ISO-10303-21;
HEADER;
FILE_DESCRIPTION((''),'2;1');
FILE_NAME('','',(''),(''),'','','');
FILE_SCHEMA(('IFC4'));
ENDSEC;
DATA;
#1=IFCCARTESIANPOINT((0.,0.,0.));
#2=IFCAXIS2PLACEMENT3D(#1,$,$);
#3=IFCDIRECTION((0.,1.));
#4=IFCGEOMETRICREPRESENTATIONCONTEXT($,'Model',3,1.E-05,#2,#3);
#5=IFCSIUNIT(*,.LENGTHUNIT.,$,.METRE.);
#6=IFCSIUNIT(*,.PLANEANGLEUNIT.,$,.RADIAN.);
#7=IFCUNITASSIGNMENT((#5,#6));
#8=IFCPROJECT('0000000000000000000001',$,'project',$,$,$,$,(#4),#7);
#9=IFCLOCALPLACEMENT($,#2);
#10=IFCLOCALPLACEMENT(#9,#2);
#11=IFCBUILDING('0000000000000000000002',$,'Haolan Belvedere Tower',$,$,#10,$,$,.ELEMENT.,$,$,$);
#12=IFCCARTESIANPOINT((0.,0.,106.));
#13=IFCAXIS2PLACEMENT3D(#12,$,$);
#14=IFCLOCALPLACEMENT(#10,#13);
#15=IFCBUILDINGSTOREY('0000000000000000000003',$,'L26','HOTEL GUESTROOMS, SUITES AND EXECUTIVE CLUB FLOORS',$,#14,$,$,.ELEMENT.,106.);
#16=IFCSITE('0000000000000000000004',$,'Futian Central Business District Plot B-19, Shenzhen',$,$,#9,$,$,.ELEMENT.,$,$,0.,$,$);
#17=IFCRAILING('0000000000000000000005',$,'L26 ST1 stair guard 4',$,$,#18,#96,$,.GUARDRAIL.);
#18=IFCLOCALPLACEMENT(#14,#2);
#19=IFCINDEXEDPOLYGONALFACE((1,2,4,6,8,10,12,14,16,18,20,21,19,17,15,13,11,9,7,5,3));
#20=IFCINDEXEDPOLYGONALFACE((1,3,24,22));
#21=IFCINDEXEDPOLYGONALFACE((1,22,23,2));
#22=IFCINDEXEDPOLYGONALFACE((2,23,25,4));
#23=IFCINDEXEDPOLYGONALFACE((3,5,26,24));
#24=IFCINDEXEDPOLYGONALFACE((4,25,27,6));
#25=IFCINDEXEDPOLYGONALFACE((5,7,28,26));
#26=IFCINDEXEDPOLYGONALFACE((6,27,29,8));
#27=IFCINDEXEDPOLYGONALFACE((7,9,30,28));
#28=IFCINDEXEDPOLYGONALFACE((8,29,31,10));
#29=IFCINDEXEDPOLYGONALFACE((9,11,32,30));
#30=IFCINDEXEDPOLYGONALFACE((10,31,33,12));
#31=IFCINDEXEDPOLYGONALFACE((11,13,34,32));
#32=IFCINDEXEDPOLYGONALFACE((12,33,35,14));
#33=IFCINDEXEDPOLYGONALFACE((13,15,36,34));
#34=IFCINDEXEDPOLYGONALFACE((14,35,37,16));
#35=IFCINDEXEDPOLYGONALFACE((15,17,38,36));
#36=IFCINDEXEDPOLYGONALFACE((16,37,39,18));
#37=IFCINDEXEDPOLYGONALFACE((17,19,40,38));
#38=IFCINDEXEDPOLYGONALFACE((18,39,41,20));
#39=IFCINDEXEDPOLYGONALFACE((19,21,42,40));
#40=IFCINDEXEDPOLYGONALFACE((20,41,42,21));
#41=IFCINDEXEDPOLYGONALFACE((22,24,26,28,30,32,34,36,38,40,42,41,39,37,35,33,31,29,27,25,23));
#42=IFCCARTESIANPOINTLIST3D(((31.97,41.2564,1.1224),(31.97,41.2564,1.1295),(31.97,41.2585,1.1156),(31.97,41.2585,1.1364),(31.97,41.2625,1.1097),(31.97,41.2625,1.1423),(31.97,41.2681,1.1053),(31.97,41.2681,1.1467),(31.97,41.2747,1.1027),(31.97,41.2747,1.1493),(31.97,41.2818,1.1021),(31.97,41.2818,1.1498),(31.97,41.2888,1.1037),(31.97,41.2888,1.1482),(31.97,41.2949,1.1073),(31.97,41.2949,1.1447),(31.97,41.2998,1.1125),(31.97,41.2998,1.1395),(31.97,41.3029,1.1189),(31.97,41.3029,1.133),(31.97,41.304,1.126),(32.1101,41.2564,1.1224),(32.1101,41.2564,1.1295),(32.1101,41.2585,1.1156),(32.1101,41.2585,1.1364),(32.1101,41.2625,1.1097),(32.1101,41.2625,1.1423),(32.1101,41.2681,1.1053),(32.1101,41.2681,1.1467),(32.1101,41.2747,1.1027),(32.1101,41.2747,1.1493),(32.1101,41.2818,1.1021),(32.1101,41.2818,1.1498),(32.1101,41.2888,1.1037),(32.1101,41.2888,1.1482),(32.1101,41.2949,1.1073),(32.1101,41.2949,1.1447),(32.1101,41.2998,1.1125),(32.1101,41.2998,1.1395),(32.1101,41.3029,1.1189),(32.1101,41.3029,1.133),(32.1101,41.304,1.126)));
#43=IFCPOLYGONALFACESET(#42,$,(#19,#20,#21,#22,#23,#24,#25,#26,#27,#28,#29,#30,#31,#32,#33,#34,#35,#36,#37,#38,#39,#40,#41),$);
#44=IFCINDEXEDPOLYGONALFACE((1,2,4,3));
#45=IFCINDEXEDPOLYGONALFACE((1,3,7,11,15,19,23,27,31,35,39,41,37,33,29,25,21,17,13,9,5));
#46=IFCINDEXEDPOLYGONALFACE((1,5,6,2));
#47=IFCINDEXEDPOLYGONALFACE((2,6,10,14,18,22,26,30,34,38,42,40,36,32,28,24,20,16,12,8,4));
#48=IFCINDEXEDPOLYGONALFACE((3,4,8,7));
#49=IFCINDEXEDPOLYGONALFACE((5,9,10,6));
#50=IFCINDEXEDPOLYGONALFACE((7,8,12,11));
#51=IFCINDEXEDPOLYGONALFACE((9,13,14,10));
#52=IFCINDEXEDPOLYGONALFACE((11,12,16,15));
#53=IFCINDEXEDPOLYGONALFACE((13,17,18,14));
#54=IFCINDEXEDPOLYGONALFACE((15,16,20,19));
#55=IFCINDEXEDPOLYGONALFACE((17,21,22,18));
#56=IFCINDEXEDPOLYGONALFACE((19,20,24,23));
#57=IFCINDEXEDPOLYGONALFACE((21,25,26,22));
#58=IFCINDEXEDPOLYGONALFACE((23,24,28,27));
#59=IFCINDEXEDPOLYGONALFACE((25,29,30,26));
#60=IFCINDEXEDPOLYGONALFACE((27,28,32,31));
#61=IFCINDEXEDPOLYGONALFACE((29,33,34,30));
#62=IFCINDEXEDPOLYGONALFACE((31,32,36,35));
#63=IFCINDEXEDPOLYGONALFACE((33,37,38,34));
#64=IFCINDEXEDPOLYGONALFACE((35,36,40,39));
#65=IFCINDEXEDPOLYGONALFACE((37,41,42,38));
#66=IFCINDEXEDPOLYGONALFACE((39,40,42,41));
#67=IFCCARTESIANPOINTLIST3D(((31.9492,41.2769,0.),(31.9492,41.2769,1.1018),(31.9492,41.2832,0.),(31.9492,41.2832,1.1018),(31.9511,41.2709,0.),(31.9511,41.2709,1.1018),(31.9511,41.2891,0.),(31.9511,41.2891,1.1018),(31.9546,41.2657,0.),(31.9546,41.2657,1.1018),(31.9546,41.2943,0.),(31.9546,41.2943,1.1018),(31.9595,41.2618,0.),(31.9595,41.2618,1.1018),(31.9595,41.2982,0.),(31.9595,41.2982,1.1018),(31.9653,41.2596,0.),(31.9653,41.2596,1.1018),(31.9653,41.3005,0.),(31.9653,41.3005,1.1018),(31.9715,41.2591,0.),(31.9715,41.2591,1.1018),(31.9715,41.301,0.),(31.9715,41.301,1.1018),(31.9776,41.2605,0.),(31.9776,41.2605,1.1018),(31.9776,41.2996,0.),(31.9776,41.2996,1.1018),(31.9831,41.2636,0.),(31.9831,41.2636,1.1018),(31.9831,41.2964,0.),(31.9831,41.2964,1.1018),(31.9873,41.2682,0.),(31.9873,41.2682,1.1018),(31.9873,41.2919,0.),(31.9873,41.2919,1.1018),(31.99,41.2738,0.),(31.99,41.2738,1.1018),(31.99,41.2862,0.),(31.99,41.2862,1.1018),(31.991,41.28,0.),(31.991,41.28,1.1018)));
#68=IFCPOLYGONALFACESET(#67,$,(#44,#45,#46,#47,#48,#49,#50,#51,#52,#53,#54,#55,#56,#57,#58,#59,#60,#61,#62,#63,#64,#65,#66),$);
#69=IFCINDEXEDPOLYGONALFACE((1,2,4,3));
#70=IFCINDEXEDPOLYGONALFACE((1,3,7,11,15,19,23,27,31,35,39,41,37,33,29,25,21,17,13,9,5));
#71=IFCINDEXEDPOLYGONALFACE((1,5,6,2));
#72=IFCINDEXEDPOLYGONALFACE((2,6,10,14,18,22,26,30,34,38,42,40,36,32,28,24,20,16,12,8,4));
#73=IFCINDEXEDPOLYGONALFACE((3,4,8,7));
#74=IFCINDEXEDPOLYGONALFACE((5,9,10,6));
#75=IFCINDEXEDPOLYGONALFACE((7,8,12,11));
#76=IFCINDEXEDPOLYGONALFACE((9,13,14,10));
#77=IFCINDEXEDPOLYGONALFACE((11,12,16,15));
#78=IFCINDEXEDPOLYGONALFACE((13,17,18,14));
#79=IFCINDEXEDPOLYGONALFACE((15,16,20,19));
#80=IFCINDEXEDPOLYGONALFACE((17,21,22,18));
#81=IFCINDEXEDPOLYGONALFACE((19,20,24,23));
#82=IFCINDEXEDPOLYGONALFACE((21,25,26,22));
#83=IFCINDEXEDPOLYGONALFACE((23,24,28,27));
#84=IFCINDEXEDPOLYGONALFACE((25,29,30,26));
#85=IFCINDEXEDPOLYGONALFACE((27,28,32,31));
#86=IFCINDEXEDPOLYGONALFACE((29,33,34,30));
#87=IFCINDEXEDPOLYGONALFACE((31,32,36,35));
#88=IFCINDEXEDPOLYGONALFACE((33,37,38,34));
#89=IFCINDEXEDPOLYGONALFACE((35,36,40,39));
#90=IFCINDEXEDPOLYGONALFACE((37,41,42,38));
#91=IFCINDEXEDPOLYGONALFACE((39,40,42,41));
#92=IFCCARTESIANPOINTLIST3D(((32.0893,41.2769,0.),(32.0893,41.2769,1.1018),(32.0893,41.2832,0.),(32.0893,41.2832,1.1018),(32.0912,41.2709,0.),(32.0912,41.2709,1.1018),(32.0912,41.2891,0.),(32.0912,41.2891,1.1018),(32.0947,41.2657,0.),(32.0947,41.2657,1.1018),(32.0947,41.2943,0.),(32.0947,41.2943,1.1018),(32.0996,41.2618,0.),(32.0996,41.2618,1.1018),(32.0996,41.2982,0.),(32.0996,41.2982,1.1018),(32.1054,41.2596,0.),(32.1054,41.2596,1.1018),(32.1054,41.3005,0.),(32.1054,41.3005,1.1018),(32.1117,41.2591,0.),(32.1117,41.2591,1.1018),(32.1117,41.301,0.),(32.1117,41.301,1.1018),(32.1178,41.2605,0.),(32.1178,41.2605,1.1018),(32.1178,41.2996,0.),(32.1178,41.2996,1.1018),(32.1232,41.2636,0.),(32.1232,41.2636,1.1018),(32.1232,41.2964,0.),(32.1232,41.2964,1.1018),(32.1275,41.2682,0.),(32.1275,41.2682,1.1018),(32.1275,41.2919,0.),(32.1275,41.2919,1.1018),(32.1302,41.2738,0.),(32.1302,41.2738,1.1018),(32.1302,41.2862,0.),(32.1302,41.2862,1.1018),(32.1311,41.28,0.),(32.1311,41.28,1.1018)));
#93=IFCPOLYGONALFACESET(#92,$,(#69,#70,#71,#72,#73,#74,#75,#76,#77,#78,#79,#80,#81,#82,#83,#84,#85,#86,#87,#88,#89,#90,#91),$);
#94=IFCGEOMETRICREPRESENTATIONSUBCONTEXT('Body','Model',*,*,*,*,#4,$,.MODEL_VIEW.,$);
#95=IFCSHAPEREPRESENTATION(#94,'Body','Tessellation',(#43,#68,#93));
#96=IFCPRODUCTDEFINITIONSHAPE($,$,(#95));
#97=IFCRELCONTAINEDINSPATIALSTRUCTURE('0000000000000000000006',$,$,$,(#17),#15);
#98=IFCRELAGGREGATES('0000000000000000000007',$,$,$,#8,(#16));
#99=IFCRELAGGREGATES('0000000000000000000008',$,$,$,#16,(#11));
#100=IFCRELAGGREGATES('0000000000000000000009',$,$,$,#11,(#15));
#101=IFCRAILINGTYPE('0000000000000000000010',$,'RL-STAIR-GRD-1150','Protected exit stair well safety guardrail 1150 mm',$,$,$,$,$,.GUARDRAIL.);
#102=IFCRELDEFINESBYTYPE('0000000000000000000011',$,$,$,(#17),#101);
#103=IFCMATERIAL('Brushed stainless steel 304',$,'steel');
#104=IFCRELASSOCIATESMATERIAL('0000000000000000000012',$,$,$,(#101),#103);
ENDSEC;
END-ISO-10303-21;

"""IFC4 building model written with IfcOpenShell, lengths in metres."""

from ifc_helpers import new_model, si_unit, direction, frame, origin, origin_2d, place, context, subcontext, project, spatial, circle, extrude, material, type_object, element, save


model = new_model("IFC4")

# Units and contexts
model_context = context("Model", 3, precision=1e-05, world=origin(), true_north=direction((0.0, 1.0)))
body_context = subcontext(model_context, "Body", "Model", "MODEL_VIEW")
ifc_project = project(units=[si_unit("LENGTHUNIT", "METRE"), si_unit("PLANEANGLEUNIT", "RADIAN")], contexts=[model_context])

# Site, building, storey
site_placement = place(None, origin())
site = spatial("IfcSite", under=ifc_project, at=site_placement, Name="Futian Central Business District Plot B-19, Shenzhen", CompositionType="ELEMENT", RefElevation=0.0)
building_placement = place(site_placement, origin())
building = spatial("IfcBuilding", under=site, at=building_placement, Name="Haolan Belvedere Tower", CompositionType="ELEMENT")
storey_placement = place(building_placement, frame((0.0, 0.0, 106.0)))
storey = spatial("IfcBuildingStorey", under=building, at=storey_placement, Name="L26", Description="HOTEL GUESTROOMS, SUITES AND EXECUTIVE CLUB FLOORS", CompositionType="ELEMENT", Elevation=106.0)

# Railing
ifc_material_1 = material(Name="Brushed stainless steel 304", Category="steel")
railing_type = type_object("IfcRailingType", Name="RL-STAIR-GRD-1150", Description="Protected exit stair well safety guardrail 1150 mm", PredefinedType="GUARDRAIL", material=ifc_material_1)
railing_1_placement = place(storey_placement, frame((31.97, 41.28, 0.0)))
element("IfcRailing", 1, at=railing_1_placement, inside=storey, type_object=railing_type, Name="L26 ST1 stair guard 4", PredefinedType="GUARDRAIL", context=body_context, shape_type="SweptSolid", body=[
    extrude(circle(Radius=0.0239, at=origin_2d()), frame((0.0, 0.0, 1.126), z_axis=(1.0, 0.0, 0.0), x_axis=(0.0, 1.0, 0.0)), (0.0, 0.0, 1.0), 0.1401),
    extrude(circle(Radius=0.021, at=origin_2d()), origin(), (0.0, 0.0, 1.0), 1.1018),
    extrude(circle(Radius=0.021, at=origin_2d()), frame((0.1401, 0.0, 0.0)), (0.0, 0.0, 1.0), 1.1018),
])

save(model, "model.ifc")
